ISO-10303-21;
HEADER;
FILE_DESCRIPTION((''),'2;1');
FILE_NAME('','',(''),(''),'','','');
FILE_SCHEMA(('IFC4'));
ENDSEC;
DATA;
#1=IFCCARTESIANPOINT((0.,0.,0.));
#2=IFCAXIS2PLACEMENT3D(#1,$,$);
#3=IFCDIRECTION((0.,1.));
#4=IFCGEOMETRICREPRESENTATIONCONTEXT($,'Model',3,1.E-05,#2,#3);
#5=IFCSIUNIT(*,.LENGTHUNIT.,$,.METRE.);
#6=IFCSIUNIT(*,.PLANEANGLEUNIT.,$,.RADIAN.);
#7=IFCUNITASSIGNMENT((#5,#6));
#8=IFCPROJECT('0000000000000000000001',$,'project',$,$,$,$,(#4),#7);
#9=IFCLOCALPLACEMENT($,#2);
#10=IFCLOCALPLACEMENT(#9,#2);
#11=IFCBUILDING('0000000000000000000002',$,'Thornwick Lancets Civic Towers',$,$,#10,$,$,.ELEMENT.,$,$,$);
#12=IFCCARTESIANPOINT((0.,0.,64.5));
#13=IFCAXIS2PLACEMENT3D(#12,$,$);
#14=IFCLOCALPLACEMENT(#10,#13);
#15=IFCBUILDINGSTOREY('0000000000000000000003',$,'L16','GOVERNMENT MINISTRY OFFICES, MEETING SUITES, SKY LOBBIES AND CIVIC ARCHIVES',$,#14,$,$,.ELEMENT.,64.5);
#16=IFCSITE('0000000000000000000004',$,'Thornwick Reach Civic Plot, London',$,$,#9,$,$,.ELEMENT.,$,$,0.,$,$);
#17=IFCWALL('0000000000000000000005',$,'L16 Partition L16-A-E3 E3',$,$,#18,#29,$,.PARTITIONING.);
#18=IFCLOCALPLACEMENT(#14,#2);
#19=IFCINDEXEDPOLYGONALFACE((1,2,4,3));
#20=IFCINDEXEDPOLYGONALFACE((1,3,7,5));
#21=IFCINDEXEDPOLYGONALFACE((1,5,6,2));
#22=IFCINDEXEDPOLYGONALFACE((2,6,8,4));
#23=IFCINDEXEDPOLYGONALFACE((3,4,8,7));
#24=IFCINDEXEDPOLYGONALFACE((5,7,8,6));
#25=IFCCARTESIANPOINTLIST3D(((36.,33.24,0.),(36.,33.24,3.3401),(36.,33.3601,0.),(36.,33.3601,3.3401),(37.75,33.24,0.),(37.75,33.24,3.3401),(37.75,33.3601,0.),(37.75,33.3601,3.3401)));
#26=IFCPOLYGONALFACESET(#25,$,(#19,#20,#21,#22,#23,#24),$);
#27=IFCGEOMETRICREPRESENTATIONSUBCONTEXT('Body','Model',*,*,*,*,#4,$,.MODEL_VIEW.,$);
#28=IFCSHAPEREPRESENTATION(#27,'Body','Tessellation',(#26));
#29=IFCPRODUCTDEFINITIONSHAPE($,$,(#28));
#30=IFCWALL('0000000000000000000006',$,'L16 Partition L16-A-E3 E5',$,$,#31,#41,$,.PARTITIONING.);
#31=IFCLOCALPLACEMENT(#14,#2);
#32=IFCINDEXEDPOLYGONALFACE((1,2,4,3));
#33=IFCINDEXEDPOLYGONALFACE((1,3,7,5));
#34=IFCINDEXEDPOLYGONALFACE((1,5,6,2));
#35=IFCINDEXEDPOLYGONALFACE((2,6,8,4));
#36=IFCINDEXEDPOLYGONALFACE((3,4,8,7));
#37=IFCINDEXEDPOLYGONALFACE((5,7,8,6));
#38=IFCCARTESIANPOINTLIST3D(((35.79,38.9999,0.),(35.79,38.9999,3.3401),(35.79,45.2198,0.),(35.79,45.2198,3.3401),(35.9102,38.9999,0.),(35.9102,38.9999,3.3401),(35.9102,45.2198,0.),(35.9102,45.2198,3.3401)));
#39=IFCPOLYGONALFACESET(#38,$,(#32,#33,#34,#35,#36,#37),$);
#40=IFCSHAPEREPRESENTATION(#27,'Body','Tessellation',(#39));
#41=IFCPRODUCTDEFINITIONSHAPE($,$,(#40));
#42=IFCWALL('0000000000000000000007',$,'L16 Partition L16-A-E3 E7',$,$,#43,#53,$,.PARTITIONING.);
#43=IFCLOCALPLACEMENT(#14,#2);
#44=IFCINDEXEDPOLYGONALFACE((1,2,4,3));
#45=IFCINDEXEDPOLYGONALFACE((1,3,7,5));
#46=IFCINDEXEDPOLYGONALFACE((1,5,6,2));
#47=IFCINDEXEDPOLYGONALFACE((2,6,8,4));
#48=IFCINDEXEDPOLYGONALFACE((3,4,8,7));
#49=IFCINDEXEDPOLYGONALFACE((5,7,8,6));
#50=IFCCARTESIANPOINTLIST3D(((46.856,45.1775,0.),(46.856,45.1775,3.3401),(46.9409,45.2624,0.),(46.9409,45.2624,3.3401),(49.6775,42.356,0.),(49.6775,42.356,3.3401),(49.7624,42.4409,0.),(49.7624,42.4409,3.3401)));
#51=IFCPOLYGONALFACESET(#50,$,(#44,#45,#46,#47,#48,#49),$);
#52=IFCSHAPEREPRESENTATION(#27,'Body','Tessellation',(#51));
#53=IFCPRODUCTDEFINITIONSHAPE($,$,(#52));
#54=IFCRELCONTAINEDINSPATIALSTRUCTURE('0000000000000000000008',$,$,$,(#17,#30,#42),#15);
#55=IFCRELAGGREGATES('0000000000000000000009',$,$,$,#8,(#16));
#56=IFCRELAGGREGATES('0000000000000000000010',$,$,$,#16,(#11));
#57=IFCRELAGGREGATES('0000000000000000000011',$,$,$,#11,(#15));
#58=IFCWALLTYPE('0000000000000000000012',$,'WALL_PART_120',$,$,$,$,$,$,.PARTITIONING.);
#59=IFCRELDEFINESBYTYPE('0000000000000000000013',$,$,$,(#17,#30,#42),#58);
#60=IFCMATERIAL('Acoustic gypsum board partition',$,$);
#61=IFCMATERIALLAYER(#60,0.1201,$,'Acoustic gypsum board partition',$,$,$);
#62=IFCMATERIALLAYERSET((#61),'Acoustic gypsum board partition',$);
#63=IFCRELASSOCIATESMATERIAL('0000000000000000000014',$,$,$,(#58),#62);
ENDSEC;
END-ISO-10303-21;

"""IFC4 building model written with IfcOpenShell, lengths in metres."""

from ifc_helpers import new_model, si_unit, direction, frame, frame_2d, origin, place, context, subcontext, project, spatial, rectangle, extrude, material, layer, layer_set, type_object, element, save


model = new_model("IFC4")

# Units and contexts
model_context = context("Model", 3, precision=1e-05, world=origin(), true_north=direction((0.0, 1.0)))
body_context = subcontext(model_context, "Body", "Model", "MODEL_VIEW")
ifc_project = project(units=[si_unit("LENGTHUNIT", "METRE"), si_unit("PLANEANGLEUNIT", "RADIAN")], contexts=[model_context])

# Site, building, storey
site_placement = place(None, origin())
site = spatial("IfcSite", under=ifc_project, at=site_placement, Name="Thornwick Reach Civic Plot, London", CompositionType="ELEMENT", RefElevation=0.0)
building_placement = place(site_placement, origin())
building = spatial("IfcBuilding", under=site, at=building_placement, Name="Thornwick Lancets Civic Towers", CompositionType="ELEMENT")
storey_placement = place(building_placement, frame((0.0, 0.0, 64.5)))
storey = spatial("IfcBuildingStorey", under=building, at=storey_placement, Name="L16", Description="GOVERNMENT MINISTRY OFFICES, MEETING SUITES, SKY LOBBIES AND CIVIC ARCHIVES", CompositionType="ELEMENT", Elevation=64.5)

# Walls
ifc_material_1 = material(Name="Acoustic gypsum board partition")
ifc_layer_1 = layer(ifc_material_1, 0.1201, Name="Acoustic gypsum board partition")
ifc_layer_set_1 = layer_set([ifc_layer_1], Name="Acoustic gypsum board partition")
wall_type_1 = type_object("IfcWallType", Name="WALL_PART_120", PredefinedType="PARTITIONING", material=ifc_layer_set_1)
wall_1_placement = place(storey_placement, frame((37.75, 33.3, 0.0), z_axis=(0.0, 0.0, 1.0), x_axis=(-1.0, 0.0, 0.0)))
element("IfcWall", 1, at=wall_1_placement, inside=storey, type_object=wall_type_1, Name="L16 Partition L16-A-E3 E3", PredefinedType="PARTITIONING", context=body_context, shape_type="SweptSolid", body=[
    extrude(rectangle(XDim=1.75, YDim=0.1201, at=frame_2d((0.875, 0.0))), origin(), (0.0, 0.0, 1.0), 3.3401),
])
wall_2_placement = place(storey_placement, frame((35.8501, 39.0, 0.0), z_axis=(0.0, 0.0, 1.0), x_axis=(0.0, 1.0, 0.0)))
element("IfcWall", 2, at=wall_2_placement, inside=storey, type_object=wall_type_1, Name="L16 Partition L16-A-E3 E5", PredefinedType="PARTITIONING", context=body_context, shape_type="SweptSolid", body=[
    extrude(rectangle(XDim=6.22, YDim=0.1201, at=frame_2d((3.1099, 0.0))), origin(), (0.0, 0.0, 1.0), 3.3401),
])
wall_3_placement = place(storey_placement, frame((46.8984, 45.22, 0.0), z_axis=(0.0, 0.0, 1.0), x_axis=(0.707107, -0.707107, 0.0)))
element("IfcWall", 3, at=wall_3_placement, inside=storey, type_object=wall_type_1, Name="L16 Partition L16-A-E3 E7", PredefinedType="PARTITIONING", context=body_context, shape_type="SweptSolid", body=[
    extrude(rectangle(XDim=3.9902, YDim=0.1201, at=frame_2d((1.9951, 0.0))), origin(), (0.0, 0.0, 1.0), 3.3401),
])

save(model, "model.ifc")
